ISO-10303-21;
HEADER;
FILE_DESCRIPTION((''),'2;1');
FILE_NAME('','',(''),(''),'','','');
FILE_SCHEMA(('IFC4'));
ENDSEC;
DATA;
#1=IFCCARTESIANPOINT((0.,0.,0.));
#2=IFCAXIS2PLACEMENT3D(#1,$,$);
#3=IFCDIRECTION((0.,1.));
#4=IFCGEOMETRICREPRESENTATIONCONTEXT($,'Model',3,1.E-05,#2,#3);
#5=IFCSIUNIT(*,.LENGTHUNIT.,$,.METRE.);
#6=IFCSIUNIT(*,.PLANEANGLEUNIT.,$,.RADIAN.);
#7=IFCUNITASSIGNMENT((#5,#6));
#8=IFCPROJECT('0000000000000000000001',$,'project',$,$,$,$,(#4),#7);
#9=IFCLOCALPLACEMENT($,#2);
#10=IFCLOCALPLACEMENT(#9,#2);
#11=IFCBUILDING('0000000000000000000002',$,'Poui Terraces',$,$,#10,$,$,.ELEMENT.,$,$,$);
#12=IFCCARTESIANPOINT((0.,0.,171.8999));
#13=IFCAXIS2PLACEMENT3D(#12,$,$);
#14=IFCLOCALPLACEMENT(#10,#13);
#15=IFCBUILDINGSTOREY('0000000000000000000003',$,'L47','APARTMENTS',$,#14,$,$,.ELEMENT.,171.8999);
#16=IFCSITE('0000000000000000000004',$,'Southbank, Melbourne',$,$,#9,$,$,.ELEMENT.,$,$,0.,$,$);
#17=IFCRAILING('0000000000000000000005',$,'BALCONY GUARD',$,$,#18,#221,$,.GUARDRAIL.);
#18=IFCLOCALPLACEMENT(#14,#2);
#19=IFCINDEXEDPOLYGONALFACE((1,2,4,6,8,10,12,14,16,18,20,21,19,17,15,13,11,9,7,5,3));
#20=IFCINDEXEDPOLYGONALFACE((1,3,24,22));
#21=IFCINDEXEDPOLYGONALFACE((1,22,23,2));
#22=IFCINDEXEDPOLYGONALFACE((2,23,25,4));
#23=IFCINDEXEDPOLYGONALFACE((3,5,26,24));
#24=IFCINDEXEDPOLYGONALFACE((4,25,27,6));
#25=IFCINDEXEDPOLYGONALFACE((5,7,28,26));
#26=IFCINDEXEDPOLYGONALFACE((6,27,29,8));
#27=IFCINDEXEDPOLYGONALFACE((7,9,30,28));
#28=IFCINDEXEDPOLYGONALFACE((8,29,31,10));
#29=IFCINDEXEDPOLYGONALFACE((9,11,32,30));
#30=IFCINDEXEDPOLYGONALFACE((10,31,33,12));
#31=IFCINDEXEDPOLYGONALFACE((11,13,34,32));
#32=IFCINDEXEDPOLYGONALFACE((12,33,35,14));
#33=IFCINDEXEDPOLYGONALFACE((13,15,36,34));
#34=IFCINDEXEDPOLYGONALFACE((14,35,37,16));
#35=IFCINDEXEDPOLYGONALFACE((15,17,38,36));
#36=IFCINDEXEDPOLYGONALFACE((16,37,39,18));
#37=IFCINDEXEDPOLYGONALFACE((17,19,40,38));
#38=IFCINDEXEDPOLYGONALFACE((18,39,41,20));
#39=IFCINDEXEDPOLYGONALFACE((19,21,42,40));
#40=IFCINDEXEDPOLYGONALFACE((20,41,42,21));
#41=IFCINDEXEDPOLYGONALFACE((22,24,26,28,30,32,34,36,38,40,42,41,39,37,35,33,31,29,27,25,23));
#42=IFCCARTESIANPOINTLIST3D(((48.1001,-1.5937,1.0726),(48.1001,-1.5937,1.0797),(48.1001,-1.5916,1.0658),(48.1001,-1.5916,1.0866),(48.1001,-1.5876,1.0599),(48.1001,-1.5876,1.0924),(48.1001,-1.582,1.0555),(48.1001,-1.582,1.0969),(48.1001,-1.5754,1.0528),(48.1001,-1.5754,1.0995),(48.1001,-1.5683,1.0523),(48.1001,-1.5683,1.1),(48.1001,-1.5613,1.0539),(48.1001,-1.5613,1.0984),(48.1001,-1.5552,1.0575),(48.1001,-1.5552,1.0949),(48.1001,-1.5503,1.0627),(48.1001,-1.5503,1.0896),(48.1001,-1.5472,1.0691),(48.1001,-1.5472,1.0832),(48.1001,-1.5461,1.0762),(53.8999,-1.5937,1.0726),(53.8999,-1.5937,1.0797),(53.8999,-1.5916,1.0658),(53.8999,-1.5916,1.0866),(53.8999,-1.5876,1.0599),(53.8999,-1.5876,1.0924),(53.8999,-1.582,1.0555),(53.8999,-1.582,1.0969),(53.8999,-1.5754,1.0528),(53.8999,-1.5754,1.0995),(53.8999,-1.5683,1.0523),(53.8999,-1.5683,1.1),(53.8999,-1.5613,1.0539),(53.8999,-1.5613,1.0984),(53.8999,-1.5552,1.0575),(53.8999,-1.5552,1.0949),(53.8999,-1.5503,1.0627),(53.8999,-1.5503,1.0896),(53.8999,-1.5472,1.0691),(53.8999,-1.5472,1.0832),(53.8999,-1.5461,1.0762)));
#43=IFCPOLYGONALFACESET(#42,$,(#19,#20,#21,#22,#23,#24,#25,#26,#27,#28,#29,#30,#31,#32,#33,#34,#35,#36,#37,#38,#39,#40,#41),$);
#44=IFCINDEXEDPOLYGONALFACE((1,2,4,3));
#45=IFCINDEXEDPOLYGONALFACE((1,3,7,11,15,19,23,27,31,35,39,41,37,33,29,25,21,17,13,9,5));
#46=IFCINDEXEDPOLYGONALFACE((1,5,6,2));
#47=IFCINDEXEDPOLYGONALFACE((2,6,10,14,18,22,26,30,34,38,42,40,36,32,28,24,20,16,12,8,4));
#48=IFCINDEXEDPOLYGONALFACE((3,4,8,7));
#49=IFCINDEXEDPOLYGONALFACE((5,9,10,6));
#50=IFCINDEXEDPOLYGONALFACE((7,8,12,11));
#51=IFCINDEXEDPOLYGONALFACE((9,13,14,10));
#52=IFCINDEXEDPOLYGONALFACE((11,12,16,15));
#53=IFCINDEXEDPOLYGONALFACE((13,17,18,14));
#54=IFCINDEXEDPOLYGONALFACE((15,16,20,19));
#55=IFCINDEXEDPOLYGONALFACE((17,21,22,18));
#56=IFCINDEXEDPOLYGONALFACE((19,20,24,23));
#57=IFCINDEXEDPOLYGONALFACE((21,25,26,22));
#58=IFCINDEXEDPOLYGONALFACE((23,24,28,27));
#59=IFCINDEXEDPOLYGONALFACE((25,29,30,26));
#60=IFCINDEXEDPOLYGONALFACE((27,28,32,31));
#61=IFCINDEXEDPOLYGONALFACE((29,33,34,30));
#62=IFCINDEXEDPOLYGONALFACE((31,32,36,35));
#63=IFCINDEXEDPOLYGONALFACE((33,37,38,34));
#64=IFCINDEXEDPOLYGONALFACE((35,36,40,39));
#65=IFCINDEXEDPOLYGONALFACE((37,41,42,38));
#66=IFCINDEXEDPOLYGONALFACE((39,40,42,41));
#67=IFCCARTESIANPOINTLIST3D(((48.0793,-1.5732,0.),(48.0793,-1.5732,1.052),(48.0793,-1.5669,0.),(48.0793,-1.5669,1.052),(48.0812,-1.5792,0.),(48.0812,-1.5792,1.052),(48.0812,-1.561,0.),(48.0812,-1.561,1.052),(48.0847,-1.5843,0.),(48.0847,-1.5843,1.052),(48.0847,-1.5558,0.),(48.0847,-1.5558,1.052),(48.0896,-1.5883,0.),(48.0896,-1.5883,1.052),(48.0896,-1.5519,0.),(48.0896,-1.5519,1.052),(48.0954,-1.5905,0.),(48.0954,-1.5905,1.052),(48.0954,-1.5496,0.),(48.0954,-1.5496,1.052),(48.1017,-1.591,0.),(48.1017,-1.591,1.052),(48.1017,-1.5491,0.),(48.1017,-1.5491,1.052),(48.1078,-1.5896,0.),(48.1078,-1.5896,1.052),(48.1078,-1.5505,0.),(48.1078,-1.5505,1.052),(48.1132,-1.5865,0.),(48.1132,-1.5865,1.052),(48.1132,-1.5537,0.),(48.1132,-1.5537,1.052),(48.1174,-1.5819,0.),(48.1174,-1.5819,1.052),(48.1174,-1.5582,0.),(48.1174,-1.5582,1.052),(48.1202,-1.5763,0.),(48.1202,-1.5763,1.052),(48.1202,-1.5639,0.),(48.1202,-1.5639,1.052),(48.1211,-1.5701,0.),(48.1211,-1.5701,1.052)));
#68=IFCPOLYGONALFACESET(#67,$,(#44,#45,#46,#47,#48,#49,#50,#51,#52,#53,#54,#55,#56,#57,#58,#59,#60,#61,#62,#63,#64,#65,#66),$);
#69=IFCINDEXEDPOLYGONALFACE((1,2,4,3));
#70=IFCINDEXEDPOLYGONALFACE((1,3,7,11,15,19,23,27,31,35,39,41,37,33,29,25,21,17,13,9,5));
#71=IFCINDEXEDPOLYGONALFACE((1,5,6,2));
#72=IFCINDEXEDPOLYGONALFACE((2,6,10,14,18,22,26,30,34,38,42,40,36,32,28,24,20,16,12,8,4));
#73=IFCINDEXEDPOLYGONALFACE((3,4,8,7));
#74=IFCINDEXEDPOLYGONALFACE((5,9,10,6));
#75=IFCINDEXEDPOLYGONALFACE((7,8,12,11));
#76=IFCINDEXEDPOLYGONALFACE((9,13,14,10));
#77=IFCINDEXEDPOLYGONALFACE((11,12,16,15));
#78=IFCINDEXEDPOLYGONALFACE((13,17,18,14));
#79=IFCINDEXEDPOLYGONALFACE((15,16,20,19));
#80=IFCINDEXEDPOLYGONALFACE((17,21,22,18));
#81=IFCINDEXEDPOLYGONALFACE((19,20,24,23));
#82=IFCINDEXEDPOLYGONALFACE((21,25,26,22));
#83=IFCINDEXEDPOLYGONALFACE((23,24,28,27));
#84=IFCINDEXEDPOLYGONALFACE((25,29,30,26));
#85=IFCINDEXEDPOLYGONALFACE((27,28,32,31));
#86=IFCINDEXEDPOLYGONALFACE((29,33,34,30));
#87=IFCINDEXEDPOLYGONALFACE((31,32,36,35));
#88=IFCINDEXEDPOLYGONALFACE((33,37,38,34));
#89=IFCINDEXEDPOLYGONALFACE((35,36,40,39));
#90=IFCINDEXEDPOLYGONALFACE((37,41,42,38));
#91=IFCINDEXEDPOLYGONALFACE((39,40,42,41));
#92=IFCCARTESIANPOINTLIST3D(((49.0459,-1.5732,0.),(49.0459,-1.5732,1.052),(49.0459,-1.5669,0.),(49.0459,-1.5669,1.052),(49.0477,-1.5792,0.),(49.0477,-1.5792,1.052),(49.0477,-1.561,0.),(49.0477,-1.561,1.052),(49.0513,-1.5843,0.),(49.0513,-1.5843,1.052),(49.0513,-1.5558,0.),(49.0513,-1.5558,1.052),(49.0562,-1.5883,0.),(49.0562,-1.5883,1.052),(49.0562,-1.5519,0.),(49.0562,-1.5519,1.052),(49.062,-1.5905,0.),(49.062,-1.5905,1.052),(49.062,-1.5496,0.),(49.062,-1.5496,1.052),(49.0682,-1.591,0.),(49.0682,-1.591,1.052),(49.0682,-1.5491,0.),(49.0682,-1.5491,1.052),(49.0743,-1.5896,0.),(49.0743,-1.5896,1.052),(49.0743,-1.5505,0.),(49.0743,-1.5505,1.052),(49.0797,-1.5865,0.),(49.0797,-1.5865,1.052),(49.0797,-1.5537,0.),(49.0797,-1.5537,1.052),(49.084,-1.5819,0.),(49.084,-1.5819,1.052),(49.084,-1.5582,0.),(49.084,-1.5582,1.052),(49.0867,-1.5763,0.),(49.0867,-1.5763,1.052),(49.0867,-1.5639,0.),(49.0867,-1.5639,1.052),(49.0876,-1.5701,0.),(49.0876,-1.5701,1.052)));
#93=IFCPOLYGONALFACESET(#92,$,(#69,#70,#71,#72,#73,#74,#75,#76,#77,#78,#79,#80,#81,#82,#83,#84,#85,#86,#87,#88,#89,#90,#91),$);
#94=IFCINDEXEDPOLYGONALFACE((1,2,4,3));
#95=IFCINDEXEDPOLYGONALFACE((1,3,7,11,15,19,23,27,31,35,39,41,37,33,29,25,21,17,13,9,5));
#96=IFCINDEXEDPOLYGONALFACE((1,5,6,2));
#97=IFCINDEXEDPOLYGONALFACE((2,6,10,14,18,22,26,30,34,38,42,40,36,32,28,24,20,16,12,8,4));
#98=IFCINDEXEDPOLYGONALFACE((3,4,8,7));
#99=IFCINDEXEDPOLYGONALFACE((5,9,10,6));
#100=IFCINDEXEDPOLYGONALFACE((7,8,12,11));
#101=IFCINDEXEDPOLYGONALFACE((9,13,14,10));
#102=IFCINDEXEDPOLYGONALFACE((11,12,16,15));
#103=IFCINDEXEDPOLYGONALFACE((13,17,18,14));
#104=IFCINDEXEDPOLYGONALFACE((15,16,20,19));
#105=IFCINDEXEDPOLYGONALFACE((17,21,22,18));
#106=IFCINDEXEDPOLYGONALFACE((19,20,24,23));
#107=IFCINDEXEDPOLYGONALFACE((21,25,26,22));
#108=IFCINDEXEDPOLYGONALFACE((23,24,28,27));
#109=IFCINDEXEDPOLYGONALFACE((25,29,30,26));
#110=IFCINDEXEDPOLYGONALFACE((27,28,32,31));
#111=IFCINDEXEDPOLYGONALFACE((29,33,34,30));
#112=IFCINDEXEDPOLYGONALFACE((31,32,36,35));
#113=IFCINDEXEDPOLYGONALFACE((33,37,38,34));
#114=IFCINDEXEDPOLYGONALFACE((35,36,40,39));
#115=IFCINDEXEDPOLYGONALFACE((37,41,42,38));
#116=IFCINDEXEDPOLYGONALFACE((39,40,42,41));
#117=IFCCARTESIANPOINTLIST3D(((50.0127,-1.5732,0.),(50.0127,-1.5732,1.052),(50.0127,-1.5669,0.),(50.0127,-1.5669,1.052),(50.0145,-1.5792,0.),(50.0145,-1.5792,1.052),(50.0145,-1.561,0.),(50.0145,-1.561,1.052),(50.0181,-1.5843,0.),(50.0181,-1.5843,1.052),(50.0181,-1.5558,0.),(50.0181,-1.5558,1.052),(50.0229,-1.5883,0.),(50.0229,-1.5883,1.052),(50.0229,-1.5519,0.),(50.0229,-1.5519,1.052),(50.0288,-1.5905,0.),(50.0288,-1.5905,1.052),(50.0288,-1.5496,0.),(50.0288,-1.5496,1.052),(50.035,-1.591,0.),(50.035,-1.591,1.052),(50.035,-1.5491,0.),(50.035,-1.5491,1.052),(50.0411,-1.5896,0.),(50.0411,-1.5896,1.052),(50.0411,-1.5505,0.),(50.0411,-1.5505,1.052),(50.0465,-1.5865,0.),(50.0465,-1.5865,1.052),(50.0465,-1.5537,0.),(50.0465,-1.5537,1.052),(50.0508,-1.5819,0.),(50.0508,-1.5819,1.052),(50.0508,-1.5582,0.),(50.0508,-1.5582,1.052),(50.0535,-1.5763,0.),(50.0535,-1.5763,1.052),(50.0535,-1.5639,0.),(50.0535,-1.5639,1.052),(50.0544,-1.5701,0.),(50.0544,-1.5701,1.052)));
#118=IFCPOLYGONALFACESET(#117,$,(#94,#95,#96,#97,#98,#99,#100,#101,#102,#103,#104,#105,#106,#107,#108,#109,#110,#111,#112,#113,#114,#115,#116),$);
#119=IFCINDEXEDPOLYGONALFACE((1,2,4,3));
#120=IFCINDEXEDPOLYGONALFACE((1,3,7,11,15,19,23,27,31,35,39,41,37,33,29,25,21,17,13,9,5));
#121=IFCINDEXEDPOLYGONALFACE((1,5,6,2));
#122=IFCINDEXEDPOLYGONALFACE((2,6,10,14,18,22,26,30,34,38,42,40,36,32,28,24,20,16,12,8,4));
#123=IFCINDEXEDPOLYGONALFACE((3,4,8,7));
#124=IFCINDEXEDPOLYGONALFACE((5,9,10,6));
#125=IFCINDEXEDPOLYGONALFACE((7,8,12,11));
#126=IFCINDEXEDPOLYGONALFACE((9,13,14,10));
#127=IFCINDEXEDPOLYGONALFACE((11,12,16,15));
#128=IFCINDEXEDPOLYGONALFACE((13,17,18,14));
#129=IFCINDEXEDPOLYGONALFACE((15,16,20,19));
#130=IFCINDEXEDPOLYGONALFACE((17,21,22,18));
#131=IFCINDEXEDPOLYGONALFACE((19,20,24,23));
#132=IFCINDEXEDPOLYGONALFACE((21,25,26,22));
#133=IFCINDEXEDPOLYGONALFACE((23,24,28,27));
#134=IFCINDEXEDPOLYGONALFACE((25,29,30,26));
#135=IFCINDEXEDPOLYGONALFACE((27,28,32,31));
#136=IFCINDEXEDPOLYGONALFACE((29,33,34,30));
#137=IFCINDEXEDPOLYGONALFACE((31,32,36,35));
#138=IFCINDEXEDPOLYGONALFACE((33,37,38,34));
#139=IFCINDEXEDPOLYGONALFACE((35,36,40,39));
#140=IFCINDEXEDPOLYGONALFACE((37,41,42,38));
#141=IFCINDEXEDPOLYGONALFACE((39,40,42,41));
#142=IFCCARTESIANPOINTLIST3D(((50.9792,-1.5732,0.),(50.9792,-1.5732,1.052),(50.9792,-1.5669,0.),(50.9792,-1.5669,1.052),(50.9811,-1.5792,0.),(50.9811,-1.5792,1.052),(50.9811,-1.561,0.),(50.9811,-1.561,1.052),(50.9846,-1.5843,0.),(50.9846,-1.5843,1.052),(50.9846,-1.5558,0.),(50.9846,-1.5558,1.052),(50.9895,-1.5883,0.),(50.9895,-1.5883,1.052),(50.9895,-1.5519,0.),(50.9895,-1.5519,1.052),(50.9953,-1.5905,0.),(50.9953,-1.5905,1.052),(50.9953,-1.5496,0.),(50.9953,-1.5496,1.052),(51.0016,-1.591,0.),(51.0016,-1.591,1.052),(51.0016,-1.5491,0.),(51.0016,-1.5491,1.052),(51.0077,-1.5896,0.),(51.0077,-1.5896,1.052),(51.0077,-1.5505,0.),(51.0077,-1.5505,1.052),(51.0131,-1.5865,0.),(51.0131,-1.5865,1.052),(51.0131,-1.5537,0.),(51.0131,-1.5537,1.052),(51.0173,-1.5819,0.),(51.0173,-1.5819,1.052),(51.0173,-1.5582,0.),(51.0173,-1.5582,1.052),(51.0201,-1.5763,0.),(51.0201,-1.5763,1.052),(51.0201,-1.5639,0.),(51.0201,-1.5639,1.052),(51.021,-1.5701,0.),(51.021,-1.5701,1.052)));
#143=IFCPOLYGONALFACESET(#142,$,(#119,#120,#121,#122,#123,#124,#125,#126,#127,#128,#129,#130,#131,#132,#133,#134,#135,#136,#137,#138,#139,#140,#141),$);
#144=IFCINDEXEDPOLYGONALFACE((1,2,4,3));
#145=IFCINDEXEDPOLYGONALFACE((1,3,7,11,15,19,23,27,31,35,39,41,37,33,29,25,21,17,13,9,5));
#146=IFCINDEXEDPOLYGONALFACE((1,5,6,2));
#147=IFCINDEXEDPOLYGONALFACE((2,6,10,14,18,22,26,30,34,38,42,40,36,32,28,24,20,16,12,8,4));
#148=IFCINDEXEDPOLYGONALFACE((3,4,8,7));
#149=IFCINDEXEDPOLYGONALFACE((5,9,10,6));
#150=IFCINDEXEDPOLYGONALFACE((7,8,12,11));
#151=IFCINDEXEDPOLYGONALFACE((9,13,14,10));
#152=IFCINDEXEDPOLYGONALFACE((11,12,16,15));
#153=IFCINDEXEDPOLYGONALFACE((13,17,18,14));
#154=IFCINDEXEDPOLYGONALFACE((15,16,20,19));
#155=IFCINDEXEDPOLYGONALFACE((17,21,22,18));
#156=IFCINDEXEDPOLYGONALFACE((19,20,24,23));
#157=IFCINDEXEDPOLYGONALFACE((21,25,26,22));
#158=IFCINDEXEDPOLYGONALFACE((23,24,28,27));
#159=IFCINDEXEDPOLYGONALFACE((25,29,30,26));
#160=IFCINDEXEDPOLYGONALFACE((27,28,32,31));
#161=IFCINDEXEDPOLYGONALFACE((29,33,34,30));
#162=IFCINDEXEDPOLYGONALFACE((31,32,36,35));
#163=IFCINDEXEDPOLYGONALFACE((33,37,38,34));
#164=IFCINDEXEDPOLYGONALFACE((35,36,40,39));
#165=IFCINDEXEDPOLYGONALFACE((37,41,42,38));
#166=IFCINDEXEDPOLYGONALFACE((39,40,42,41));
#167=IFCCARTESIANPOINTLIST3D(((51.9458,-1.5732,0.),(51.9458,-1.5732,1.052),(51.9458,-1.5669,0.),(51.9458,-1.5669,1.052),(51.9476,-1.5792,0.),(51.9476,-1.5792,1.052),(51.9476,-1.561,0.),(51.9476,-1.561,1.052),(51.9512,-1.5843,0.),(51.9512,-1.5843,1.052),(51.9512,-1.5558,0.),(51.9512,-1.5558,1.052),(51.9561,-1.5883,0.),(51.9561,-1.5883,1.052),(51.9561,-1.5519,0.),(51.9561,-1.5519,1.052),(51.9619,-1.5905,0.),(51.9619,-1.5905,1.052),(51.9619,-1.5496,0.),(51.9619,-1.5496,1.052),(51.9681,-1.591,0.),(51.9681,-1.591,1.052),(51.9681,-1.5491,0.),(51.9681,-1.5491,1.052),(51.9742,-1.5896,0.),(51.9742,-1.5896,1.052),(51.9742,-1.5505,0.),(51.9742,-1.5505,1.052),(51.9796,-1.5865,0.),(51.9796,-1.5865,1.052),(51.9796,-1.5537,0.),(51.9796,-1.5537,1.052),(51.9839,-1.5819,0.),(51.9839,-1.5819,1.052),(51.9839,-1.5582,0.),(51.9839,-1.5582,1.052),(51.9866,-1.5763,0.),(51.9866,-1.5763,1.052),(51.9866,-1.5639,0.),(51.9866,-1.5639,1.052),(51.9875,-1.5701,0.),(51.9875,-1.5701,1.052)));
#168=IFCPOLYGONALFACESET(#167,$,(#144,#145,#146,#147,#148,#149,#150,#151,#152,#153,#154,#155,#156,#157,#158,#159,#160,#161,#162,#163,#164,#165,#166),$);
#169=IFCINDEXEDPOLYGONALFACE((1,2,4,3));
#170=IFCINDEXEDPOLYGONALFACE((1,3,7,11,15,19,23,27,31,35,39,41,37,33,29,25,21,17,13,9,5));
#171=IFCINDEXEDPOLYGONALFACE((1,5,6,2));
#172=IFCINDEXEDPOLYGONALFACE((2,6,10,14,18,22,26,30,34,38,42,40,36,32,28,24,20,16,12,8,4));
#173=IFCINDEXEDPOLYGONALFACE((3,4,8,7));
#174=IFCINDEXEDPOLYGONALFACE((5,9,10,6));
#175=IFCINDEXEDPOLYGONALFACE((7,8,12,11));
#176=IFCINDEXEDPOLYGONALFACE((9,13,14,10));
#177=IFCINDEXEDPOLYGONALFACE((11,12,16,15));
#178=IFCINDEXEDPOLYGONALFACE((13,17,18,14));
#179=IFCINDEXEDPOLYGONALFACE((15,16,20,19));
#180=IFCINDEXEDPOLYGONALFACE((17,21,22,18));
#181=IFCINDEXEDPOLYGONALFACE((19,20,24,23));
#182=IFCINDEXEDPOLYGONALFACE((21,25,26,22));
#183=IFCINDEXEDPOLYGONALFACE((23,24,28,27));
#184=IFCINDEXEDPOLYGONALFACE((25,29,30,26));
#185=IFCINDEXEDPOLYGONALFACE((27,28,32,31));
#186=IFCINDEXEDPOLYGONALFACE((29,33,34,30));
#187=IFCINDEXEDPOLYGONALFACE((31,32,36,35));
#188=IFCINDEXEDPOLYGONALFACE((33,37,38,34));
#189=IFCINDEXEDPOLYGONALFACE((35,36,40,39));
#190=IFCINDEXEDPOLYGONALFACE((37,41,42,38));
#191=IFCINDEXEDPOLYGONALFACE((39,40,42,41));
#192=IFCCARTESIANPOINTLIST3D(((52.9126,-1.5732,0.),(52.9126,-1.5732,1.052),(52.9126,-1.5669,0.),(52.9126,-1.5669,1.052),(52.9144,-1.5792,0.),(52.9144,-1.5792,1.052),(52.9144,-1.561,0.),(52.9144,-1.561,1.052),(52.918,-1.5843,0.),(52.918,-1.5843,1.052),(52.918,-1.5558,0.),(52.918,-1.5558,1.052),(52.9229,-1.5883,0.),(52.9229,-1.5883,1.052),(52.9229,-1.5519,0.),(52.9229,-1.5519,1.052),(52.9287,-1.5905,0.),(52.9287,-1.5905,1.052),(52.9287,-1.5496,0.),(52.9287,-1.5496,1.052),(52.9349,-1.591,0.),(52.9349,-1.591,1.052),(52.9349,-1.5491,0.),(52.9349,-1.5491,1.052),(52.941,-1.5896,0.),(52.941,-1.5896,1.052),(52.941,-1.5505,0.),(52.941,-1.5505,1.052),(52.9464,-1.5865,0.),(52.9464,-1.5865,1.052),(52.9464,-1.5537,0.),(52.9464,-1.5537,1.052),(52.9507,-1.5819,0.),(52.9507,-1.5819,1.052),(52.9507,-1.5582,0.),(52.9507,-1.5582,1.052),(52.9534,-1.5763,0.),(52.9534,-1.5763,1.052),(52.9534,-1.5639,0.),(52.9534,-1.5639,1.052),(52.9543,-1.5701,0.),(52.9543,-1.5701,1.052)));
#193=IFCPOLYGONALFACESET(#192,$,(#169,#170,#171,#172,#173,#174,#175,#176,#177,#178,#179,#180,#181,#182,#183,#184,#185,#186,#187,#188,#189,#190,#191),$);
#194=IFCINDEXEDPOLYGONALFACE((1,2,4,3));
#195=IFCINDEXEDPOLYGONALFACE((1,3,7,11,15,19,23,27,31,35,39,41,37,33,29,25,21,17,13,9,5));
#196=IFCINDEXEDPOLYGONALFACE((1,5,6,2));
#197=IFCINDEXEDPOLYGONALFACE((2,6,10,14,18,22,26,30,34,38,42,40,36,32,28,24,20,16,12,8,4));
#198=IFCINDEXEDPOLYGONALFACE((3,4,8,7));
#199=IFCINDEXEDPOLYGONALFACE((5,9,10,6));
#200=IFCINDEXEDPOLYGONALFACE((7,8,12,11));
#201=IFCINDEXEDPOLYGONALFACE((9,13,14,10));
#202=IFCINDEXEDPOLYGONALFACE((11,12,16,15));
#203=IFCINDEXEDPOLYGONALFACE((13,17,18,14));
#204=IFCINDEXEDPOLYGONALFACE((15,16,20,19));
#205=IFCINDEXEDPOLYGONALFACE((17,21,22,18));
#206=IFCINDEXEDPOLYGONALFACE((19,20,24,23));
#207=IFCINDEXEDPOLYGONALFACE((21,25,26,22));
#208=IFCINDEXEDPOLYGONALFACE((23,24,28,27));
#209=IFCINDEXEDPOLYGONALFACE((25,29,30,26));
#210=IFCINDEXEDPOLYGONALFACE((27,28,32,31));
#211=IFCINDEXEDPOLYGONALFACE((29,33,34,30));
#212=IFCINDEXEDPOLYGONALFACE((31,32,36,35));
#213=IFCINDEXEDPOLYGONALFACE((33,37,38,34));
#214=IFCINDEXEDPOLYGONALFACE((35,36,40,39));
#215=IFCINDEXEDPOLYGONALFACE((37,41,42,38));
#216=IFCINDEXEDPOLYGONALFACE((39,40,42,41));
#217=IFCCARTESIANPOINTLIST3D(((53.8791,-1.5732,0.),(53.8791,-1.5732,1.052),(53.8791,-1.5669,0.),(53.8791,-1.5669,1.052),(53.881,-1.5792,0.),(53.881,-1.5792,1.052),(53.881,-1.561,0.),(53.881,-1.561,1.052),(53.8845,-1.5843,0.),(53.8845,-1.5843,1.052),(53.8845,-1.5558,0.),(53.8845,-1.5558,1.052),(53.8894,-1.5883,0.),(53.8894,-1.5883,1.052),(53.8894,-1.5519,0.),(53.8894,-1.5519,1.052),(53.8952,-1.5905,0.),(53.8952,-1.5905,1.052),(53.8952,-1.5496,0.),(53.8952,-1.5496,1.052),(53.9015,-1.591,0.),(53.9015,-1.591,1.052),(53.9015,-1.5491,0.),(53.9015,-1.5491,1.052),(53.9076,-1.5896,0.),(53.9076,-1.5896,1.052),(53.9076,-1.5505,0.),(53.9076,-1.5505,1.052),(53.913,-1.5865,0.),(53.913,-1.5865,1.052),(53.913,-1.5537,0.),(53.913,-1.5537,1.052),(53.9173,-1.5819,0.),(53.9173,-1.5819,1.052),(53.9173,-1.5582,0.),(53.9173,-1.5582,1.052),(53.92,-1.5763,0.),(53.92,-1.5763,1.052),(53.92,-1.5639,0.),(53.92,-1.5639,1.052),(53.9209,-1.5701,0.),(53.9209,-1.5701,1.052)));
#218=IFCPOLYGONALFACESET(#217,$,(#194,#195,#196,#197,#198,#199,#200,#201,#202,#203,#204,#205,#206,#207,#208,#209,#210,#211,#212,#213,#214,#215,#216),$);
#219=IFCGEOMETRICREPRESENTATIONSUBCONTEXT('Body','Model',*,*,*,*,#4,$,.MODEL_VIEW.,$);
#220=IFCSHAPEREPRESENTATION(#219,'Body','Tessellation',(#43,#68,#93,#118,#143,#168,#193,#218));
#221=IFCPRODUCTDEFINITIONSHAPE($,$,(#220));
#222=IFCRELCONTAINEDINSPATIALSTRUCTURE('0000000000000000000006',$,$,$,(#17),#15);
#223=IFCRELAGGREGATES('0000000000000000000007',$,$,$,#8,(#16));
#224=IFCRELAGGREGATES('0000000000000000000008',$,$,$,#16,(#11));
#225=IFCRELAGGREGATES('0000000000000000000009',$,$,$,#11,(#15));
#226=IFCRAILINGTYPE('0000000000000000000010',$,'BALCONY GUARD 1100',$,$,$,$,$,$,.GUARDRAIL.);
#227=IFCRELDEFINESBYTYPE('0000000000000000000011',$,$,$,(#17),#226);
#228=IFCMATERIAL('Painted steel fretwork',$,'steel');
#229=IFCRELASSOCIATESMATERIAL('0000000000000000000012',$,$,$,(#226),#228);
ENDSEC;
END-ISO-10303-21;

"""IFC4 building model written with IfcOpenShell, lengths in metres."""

from ifc_helpers import new_model, si_unit, direction, frame, origin, origin_2d, place, context, subcontext, project, spatial, circle, extrude, material, type_object, element, save


model = new_model("IFC4")

# Units and contexts
model_context = context("Model", 3, precision=1e-05, world=origin(), true_north=direction((0.0, 1.0)))
body_context = subcontext(model_context, "Body", "Model", "MODEL_VIEW")
ifc_project = project(units=[si_unit("LENGTHUNIT", "METRE"), si_unit("PLANEANGLEUNIT", "RADIAN")], contexts=[model_context])

# Site, building, storey
site_placement = place(None, origin())
site = spatial("IfcSite", under=ifc_project, at=site_placement, Name="Southbank, Melbourne", CompositionType="ELEMENT", RefElevation=0.0)
building_placement = place(site_placement, origin())
building = spatial("IfcBuilding", under=site, at=building_placement, Name="Poui Terraces", CompositionType="ELEMENT")
storey_placement = place(building_placement, frame((0.0, 0.0, 171.8999)))
storey = spatial("IfcBuildingStorey", under=building, at=storey_placement, Name="L47", Description="APARTMENTS", CompositionType="ELEMENT", Elevation=171.8999)

# Railing
ifc_material_1 = material(Name="Painted steel fretwork", Category="steel")
railing_type = type_object("IfcRailingType", Name="BALCONY GUARD 1100", PredefinedType="GUARDRAIL", material=ifc_material_1)
railing_placement = place(storey_placement, frame((48.1001, -1.5701, 0.0)))
element("IfcRailing", 1, at=railing_placement, inside=storey, type_object=railing_type, Name="BALCONY GUARD", PredefinedType="GUARDRAIL", context=body_context, shape_type="SweptSolid", body=[
    extrude(circle(Radius=0.0239, at=origin_2d()), frame((0.0, 0.0, 1.0762), z_axis=(1.0, 0.0, 0.0), x_axis=(0.0, 1.0, 0.0)), (0.0, 0.0, 1.0), 5.7998),
    extrude(circle(Radius=0.021, at=origin_2d()), origin(), (0.0, 0.0, 1.0), 1.052),
    extrude(circle(Radius=0.021, at=origin_2d()), frame((0.9666, 0.0, 0.0)), (0.0, 0.0, 1.0), 1.052),
    extrude(circle(Radius=0.021, at=origin_2d()), frame((1.9333, 0.0, 0.0)), (0.0, 0.0, 1.0), 1.052),
    extrude(circle(Radius=0.021, at=origin_2d()), frame((2.8999, 0.0, 0.0)), (0.0, 0.0, 1.0), 1.052),
    extrude(circle(Radius=0.021, at=origin_2d()), frame((3.8665, 0.0, 0.0)), (0.0, 0.0, 1.0), 1.052),
    extrude(circle(Radius=0.021, at=origin_2d()), frame((4.8333, 0.0, 0.0)), (0.0, 0.0, 1.0), 1.052),
    extrude(circle(Radius=0.021, at=origin_2d()), frame((5.7998, 0.0, 0.0)), (0.0, 0.0, 1.0), 1.052),
])

save(model, "model.ifc")
